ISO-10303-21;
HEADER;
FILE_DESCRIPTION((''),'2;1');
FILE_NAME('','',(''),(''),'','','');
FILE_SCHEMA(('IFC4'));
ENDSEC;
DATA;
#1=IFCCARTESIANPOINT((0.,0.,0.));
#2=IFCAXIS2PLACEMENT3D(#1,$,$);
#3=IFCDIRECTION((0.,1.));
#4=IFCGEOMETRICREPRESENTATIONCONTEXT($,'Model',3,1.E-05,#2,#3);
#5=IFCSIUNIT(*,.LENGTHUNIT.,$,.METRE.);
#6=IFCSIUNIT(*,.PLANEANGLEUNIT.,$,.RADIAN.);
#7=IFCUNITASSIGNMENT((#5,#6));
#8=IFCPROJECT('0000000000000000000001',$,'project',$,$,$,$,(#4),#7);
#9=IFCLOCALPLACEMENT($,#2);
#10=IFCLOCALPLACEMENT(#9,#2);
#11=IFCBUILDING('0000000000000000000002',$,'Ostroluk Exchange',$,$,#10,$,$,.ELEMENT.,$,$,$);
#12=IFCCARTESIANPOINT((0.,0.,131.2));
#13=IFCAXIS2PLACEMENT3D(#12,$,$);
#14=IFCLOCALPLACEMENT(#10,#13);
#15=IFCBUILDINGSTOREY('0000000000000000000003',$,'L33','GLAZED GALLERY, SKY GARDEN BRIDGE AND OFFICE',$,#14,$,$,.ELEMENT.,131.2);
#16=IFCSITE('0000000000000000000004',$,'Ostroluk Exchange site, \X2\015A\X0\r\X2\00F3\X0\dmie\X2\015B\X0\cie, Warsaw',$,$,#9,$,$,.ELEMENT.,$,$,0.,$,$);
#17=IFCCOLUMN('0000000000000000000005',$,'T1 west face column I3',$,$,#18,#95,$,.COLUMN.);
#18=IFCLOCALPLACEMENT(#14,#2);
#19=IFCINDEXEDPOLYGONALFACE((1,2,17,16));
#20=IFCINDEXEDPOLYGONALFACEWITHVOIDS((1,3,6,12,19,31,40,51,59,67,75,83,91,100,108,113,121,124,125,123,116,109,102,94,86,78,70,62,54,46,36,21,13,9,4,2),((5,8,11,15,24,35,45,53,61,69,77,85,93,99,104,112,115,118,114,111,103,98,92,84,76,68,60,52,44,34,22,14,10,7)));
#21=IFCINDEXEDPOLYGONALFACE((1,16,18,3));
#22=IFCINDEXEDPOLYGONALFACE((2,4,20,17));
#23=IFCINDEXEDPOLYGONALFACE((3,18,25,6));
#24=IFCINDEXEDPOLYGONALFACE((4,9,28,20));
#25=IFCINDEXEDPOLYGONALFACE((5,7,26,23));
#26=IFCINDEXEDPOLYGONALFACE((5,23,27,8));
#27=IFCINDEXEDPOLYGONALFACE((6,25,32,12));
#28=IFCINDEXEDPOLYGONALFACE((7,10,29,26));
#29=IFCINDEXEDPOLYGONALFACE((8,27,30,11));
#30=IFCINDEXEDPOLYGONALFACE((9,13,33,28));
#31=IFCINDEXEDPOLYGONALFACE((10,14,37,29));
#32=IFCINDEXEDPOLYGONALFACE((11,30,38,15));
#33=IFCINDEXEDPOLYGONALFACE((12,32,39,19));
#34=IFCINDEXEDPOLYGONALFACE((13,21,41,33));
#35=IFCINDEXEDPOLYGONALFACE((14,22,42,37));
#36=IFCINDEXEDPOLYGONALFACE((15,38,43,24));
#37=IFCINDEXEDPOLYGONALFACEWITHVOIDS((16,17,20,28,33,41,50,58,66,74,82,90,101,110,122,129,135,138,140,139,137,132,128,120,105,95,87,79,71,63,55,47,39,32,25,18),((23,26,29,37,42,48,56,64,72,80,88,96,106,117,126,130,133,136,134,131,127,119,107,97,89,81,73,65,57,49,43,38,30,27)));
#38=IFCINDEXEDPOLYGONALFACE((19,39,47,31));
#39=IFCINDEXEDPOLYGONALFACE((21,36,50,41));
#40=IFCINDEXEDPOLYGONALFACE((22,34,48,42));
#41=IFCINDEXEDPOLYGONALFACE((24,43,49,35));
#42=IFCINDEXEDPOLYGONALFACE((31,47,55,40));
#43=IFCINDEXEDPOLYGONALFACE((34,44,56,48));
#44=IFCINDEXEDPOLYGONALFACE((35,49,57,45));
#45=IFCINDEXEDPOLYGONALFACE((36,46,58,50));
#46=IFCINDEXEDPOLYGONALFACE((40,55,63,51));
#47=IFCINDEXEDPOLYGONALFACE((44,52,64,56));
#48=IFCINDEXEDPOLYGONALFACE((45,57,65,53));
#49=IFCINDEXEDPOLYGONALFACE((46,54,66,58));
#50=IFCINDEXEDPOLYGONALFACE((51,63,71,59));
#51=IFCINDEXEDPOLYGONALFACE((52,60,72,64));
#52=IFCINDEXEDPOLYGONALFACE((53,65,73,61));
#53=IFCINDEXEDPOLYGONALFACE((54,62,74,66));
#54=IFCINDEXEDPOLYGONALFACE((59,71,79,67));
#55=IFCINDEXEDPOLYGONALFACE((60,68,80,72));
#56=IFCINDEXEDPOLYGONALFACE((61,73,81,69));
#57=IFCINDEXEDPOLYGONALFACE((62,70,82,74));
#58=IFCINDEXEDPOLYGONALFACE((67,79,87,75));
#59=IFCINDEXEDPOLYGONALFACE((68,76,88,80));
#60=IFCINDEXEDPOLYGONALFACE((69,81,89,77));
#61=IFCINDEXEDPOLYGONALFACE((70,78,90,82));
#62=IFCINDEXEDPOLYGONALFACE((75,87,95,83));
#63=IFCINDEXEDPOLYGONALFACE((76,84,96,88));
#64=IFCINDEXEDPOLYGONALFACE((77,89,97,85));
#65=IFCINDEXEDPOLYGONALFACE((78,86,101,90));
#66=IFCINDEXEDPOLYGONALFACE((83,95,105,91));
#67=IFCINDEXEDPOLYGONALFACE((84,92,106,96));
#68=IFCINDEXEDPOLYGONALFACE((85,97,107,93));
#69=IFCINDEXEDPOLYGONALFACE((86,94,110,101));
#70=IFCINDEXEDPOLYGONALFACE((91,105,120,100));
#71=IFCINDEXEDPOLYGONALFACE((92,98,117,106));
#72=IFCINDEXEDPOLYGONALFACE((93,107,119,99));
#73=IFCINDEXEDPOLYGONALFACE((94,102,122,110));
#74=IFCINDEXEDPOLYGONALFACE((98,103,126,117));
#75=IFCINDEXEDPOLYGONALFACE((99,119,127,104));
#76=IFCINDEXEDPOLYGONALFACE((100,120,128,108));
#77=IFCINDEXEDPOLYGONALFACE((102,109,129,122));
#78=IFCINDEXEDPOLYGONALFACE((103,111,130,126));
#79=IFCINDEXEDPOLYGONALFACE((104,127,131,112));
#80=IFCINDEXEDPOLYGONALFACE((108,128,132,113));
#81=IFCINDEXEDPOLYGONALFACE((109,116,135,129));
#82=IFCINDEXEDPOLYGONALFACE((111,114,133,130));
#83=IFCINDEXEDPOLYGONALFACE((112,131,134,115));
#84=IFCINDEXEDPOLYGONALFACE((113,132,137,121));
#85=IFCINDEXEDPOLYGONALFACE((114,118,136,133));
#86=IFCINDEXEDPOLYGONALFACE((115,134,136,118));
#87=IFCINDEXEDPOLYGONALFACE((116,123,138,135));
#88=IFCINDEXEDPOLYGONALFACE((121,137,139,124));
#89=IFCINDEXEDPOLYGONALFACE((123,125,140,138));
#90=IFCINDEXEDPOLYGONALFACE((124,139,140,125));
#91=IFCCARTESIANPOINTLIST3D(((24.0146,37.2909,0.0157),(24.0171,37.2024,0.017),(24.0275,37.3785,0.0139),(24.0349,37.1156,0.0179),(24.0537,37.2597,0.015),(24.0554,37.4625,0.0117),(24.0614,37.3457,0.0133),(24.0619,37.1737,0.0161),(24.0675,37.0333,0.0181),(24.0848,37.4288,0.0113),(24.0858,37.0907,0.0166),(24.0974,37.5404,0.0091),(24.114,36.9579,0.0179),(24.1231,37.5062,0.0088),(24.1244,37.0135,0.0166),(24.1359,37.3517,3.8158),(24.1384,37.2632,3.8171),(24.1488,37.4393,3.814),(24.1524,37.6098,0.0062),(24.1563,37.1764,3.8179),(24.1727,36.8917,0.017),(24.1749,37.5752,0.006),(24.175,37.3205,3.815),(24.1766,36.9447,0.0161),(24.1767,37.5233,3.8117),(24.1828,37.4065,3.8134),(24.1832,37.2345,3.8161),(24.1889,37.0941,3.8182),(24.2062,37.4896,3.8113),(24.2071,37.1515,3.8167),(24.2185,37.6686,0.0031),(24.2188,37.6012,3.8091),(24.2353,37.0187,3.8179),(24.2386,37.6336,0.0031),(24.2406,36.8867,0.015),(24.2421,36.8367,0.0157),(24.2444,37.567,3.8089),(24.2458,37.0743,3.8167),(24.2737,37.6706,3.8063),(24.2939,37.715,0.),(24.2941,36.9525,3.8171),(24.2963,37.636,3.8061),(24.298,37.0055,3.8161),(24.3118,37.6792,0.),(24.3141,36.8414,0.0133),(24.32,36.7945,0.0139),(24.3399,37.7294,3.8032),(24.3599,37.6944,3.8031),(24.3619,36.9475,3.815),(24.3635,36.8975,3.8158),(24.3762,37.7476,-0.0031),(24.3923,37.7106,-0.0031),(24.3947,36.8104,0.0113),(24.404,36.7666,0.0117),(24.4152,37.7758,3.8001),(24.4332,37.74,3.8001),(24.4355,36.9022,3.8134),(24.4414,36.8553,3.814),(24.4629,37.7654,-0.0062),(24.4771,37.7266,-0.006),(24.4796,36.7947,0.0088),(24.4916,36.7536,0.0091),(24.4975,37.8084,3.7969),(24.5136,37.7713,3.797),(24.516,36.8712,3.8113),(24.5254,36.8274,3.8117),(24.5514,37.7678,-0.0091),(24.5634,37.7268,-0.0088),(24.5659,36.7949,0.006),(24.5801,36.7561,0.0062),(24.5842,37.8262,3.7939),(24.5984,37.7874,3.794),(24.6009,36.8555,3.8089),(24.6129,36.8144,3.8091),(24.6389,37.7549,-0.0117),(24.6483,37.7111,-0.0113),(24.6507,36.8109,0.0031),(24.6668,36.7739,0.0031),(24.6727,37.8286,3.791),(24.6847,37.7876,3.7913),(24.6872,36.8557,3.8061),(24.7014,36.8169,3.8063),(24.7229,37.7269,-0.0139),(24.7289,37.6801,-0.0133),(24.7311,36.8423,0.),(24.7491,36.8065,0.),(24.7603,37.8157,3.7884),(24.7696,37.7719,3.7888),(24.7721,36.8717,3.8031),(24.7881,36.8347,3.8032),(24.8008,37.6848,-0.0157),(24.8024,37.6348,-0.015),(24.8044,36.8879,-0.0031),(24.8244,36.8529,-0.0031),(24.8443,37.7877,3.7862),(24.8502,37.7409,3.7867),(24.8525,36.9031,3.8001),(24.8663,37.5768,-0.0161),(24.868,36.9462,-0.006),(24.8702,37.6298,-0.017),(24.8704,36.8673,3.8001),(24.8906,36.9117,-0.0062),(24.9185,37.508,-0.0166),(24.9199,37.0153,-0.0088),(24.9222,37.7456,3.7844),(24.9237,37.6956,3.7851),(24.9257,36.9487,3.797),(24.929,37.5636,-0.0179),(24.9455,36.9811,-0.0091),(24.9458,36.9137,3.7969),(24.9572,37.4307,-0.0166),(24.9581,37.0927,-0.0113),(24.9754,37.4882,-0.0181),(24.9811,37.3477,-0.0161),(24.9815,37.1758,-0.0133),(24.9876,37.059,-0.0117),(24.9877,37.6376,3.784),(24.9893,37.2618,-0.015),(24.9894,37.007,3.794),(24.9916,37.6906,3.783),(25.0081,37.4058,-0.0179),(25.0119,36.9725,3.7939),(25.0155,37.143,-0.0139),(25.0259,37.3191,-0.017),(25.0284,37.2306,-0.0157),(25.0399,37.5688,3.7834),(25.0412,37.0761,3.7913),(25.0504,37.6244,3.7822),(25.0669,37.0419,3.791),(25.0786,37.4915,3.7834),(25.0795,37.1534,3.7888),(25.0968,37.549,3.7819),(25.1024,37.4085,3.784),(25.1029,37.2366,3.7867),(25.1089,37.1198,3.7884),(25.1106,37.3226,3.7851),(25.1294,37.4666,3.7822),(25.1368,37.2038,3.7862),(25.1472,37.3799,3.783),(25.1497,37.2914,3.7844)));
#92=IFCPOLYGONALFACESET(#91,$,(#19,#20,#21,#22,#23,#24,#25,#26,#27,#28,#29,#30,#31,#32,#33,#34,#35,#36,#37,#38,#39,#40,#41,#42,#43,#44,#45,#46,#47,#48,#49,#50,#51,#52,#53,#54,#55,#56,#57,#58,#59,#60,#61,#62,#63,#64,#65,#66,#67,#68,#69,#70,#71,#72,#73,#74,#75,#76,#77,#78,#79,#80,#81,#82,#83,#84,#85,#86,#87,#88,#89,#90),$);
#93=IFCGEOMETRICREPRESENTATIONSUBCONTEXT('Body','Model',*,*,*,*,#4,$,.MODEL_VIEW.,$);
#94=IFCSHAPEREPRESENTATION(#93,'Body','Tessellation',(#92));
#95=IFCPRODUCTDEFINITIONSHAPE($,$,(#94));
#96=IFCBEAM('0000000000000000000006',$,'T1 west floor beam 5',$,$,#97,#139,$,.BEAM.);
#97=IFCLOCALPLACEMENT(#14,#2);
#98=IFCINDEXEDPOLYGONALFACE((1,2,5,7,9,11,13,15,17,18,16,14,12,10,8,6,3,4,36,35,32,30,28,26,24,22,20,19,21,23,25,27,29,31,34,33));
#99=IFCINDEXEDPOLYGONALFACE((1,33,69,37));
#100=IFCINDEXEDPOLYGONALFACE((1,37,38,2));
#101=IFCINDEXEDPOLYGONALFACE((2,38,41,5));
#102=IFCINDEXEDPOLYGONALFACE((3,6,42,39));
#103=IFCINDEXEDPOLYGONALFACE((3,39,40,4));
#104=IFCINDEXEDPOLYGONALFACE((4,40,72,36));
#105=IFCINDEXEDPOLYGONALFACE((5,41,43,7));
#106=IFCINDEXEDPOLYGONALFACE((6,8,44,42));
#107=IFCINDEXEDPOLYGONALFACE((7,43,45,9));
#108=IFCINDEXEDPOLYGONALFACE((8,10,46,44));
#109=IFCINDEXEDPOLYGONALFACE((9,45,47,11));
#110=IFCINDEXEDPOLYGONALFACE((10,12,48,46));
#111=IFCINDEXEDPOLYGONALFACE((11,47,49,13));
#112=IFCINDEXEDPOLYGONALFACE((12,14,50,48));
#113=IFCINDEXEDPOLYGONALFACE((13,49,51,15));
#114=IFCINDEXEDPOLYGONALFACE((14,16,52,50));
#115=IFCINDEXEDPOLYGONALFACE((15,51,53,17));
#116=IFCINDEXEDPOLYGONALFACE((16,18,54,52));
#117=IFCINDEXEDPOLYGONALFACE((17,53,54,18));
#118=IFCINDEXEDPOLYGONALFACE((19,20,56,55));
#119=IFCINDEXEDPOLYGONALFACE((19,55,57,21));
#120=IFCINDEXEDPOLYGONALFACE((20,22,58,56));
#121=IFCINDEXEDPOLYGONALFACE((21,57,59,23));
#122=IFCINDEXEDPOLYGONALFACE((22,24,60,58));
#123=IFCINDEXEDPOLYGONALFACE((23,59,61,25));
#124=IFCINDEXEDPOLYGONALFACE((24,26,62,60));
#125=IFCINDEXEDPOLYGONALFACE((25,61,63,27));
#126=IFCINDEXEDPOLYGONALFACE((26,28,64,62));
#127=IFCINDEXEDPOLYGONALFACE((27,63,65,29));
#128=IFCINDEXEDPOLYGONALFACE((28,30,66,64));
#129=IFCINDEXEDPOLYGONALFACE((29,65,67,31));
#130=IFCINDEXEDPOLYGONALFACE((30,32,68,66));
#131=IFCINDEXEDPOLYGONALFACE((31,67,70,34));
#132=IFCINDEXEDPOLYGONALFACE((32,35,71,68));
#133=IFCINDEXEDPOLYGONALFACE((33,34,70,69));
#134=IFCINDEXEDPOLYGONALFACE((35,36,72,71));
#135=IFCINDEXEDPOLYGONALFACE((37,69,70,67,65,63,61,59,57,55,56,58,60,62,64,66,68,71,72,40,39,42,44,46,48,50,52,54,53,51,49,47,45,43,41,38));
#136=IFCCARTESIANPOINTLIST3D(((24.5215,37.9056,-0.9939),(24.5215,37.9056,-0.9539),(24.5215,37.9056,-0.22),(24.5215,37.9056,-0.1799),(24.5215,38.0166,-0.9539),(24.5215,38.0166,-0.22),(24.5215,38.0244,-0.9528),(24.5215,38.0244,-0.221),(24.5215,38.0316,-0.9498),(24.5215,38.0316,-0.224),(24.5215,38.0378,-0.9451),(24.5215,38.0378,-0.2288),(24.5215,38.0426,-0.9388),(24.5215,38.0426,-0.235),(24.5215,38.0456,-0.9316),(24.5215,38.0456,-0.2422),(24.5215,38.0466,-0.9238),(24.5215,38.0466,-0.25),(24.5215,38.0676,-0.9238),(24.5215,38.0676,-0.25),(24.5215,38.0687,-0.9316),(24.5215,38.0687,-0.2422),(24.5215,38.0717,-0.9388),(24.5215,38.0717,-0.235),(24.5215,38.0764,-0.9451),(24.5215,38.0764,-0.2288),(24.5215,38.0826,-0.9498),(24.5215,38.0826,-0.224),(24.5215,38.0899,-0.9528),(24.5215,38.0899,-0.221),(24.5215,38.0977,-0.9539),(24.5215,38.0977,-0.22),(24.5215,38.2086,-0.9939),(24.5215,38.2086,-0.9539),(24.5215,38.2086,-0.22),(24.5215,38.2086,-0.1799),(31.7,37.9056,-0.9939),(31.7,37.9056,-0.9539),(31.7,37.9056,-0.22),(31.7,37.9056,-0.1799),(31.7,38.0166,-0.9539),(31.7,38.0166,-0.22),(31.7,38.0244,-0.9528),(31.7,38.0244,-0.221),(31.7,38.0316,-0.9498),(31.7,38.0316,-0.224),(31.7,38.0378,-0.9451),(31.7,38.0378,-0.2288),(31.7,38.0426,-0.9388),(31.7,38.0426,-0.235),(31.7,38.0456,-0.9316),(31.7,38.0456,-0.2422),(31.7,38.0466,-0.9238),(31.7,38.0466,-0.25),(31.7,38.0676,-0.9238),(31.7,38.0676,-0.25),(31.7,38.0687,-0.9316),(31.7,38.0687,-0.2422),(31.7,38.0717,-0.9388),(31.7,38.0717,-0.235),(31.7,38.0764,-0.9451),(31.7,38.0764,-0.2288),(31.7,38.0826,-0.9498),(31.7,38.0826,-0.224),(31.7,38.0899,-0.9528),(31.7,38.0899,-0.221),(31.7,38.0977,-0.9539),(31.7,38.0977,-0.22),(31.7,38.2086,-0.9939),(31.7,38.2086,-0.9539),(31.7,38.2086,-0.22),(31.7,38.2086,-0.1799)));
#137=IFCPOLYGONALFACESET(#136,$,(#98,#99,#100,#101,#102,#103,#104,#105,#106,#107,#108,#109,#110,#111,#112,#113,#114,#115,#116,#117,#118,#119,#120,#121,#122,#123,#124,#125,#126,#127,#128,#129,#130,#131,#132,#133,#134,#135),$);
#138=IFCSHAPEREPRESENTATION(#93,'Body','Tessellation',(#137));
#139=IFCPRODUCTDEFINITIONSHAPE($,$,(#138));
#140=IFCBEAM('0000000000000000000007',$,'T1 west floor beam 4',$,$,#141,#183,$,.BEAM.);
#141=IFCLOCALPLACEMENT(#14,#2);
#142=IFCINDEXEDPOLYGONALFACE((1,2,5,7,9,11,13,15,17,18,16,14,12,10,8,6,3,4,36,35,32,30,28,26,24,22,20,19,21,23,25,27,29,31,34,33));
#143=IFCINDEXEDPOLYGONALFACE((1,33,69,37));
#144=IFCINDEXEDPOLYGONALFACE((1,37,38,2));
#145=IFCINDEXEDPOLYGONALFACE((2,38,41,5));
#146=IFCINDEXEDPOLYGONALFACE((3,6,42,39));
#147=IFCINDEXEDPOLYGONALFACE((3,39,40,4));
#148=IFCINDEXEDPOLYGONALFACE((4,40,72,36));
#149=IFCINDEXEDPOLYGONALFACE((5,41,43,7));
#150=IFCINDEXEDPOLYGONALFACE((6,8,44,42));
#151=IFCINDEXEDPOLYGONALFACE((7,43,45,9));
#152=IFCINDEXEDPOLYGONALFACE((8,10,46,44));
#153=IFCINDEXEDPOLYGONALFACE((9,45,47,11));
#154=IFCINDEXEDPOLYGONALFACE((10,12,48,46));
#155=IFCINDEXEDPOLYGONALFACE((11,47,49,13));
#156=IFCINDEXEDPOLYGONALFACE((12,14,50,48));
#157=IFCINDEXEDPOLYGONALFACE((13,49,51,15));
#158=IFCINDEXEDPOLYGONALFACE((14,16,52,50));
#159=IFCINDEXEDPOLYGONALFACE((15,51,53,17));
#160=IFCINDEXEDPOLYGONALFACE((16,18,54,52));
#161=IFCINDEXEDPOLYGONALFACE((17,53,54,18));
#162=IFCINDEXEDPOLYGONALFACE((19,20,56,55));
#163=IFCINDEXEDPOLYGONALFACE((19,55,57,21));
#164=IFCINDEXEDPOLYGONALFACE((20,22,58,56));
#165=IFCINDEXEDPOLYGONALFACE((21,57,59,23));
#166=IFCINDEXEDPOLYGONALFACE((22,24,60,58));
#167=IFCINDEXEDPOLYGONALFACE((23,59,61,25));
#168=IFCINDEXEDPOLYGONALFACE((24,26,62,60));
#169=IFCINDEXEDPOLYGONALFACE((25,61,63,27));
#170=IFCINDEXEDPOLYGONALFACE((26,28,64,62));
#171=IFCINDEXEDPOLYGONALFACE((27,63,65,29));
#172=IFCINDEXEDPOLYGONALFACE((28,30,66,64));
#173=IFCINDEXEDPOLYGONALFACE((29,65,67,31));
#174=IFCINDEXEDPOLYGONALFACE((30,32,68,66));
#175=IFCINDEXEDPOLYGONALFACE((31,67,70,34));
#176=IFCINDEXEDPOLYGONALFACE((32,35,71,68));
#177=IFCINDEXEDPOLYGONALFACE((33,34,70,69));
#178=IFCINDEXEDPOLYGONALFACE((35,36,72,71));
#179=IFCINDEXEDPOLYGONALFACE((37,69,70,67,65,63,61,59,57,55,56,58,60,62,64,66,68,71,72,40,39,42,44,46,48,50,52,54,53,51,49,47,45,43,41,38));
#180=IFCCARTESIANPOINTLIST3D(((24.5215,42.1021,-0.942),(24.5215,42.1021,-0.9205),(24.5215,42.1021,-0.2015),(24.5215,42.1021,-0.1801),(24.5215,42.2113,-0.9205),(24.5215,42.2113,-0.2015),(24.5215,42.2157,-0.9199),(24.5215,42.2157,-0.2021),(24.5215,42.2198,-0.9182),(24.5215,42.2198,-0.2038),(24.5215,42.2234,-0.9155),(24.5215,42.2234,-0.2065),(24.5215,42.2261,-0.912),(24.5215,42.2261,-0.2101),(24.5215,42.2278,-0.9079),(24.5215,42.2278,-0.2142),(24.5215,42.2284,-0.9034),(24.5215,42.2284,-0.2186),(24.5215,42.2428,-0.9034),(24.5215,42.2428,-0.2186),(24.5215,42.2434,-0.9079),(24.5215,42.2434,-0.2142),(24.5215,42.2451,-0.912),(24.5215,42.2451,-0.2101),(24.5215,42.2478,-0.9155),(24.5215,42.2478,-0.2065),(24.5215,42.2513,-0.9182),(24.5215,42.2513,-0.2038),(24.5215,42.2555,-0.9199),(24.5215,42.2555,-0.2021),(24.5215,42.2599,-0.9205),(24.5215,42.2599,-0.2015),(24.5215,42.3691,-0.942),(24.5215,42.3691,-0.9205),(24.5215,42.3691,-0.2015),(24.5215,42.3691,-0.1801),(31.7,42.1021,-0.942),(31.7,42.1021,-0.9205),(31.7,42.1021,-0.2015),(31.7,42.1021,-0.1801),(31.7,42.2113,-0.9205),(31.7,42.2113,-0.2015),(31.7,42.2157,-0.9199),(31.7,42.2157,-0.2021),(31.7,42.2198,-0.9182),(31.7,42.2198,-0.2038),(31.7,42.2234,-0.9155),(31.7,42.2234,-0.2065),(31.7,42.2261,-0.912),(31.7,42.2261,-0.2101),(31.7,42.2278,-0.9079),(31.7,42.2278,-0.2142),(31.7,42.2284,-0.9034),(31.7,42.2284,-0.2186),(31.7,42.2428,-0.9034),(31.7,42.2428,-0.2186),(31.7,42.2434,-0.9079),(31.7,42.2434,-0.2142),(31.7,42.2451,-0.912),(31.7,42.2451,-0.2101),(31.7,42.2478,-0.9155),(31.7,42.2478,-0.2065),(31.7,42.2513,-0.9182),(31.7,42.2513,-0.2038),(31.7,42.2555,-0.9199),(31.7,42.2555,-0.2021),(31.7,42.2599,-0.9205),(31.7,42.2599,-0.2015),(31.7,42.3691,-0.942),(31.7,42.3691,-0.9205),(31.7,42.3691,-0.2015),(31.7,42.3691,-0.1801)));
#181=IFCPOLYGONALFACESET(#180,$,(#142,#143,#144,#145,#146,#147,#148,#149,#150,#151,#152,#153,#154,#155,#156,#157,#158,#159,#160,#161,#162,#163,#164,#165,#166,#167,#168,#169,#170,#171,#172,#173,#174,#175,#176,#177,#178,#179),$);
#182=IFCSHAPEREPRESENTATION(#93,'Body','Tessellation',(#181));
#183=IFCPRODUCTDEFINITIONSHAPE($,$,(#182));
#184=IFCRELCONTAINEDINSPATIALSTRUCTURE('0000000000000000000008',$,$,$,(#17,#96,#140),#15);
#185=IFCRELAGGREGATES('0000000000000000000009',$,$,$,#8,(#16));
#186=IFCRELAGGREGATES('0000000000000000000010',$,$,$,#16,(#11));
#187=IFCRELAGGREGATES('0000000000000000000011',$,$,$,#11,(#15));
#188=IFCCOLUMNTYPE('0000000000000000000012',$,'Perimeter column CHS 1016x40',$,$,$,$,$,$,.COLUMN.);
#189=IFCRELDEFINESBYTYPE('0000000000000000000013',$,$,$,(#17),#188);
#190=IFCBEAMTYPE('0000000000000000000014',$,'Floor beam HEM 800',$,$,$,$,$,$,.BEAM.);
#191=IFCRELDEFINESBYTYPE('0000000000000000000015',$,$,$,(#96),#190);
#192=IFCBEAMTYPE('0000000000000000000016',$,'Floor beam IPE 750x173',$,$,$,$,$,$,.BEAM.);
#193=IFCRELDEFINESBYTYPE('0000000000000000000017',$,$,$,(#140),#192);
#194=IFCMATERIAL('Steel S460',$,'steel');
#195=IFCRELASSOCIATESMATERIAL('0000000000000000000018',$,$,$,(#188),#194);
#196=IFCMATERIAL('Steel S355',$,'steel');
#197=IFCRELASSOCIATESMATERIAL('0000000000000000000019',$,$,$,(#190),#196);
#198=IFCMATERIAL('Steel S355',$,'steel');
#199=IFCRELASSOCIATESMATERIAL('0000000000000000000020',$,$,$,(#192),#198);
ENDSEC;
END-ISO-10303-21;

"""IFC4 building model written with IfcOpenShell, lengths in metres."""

from ifc_helpers import new_model, si_unit, direction, frame, origin, origin_2d, place, context, subcontext, project, spatial, hollow_circle, i_section, extrude, material, material_profile, profile_set, type_object, element, save


model = new_model("IFC4")

# Units and contexts
model_context = context("Model", 3, precision=1e-05, world=origin(), true_north=direction((0.0, 1.0)))
body_context = subcontext(model_context, "Body", "Model", "MODEL_VIEW")
ifc_project = project(units=[si_unit("LENGTHUNIT", "METRE"), si_unit("PLANEANGLEUNIT", "RADIAN")], contexts=[model_context])

# Site, building, storey
site_placement = place(None, origin())
site = spatial("IfcSite", under=ifc_project, at=site_placement, Name="Ostroluk Exchange site, Śródmieście, Warsaw", CompositionType="ELEMENT", RefElevation=0.0)
building_placement = place(site_placement, origin())
building = spatial("IfcBuilding", under=site, at=building_placement, Name="Ostroluk Exchange", CompositionType="ELEMENT")
storey_placement = place(building_placement, frame((0.0, 0.0, 131.2)))
storey = spatial("IfcBuildingStorey", under=building, at=storey_placement, Name="L33", Description="GLAZED GALLERY, SKY GARDEN BRIDGE AND OFFICE", CompositionType="ELEMENT", Elevation=131.2)

# Column
ifc_material_1 = material(Name="Steel S460", Category="steel")
ifc_material_profile_1 = material_profile(ifc_material_1, hollow_circle(Radius=0.5081, WallThickness=0.04, at=origin_2d()), Name="CHS 1016x40")
ifc_profile_set_1 = profile_set([ifc_material_profile_1], Name="Steel S460")
column_type = type_object("IfcColumnType", Name="Perimeter column CHS 1016x40", PredefinedType="COLUMN", material=ifc_profile_set_1)
column_placement = place(storey_placement, frame((24.5215, 37.2607, 0.0), z_axis=(0.03191, 0.015987, 0.999363), x_axis=(-0.447933, 0.894067, 0.0)))
element("IfcColumn", 1, at=column_placement, inside=storey, type_object=column_type, Name="T1 west face column I3", PredefinedType="COLUMN", context=body_context, shape_type="SweptSolid", body=[
    extrude(hollow_circle(Radius=0.5081, WallThickness=0.04, at=origin_2d()), origin(), (0.0, 0.0, 1.0), 3.8025),
])

# Beams
ifc_material_2 = material(Name="Steel S355", Category="steel")
ifc_material_profile_2 = material_profile(ifc_material_2, i_section(OverallWidth=0.303, OverallDepth=0.814, WebThickness=0.021, FlangeThickness=0.04, FilletRadius=0.03, at=origin_2d()), Name="HEM 800")
ifc_profile_set_2 = profile_set([ifc_material_profile_2], Name="Steel S355")
beam_type_1 = type_object("IfcBeamType", Name="Floor beam HEM 800", PredefinedType="BEAM", material=ifc_profile_set_2)
beam_1_placement = place(storey_placement, frame((31.7, 38.0571, -0.5869), z_axis=(-1.0, 0.0, 0.0), x_axis=(0.0, -1.0, 0.0)))
element("IfcBeam", 2, at=beam_1_placement, inside=storey, type_object=beam_type_1, Name="T1 west floor beam 5", PredefinedType="BEAM", context=body_context, shape_type="SweptSolid", body=[
    extrude(i_section(OverallWidth=0.303, OverallDepth=0.814, WebThickness=0.021, FlangeThickness=0.04, FilletRadius=0.03, at=origin_2d()), origin(), (0.0, 0.0, 1.0), 7.1785),
])
ifc_material_3 = material(Name="Steel S355", Category="steel")
ifc_material_profile_3 = material_profile(ifc_material_3, i_section(OverallWidth=0.2671, OverallDepth=0.762, WebThickness=0.0144, FlangeThickness=0.0215, FilletRadius=0.0171, at=origin_2d()), Name="IPE 750x173")
ifc_profile_set_3 = profile_set([ifc_material_profile_3], Name="Steel S355")
beam_type_2 = type_object("IfcBeamType", Name="Floor beam IPE 750x173", PredefinedType="BEAM", material=ifc_profile_set_3)
beam_2_placement = place(storey_placement, frame((31.7, 42.2356, -0.561), z_axis=(-1.0, 0.0, 0.0), x_axis=(0.0, -1.0, 0.0)))
element("IfcBeam", 3, at=beam_2_placement, inside=storey, type_object=beam_type_2, Name="T1 west floor beam 4", PredefinedType="BEAM", context=body_context, shape_type="SweptSolid", body=[
    extrude(i_section(OverallWidth=0.2671, OverallDepth=0.762, WebThickness=0.0144, FlangeThickness=0.0215, FilletRadius=0.0171, at=origin_2d()), origin(), (0.0, 0.0, 1.0), 7.1785),
])

save(model, "model.ifc")
